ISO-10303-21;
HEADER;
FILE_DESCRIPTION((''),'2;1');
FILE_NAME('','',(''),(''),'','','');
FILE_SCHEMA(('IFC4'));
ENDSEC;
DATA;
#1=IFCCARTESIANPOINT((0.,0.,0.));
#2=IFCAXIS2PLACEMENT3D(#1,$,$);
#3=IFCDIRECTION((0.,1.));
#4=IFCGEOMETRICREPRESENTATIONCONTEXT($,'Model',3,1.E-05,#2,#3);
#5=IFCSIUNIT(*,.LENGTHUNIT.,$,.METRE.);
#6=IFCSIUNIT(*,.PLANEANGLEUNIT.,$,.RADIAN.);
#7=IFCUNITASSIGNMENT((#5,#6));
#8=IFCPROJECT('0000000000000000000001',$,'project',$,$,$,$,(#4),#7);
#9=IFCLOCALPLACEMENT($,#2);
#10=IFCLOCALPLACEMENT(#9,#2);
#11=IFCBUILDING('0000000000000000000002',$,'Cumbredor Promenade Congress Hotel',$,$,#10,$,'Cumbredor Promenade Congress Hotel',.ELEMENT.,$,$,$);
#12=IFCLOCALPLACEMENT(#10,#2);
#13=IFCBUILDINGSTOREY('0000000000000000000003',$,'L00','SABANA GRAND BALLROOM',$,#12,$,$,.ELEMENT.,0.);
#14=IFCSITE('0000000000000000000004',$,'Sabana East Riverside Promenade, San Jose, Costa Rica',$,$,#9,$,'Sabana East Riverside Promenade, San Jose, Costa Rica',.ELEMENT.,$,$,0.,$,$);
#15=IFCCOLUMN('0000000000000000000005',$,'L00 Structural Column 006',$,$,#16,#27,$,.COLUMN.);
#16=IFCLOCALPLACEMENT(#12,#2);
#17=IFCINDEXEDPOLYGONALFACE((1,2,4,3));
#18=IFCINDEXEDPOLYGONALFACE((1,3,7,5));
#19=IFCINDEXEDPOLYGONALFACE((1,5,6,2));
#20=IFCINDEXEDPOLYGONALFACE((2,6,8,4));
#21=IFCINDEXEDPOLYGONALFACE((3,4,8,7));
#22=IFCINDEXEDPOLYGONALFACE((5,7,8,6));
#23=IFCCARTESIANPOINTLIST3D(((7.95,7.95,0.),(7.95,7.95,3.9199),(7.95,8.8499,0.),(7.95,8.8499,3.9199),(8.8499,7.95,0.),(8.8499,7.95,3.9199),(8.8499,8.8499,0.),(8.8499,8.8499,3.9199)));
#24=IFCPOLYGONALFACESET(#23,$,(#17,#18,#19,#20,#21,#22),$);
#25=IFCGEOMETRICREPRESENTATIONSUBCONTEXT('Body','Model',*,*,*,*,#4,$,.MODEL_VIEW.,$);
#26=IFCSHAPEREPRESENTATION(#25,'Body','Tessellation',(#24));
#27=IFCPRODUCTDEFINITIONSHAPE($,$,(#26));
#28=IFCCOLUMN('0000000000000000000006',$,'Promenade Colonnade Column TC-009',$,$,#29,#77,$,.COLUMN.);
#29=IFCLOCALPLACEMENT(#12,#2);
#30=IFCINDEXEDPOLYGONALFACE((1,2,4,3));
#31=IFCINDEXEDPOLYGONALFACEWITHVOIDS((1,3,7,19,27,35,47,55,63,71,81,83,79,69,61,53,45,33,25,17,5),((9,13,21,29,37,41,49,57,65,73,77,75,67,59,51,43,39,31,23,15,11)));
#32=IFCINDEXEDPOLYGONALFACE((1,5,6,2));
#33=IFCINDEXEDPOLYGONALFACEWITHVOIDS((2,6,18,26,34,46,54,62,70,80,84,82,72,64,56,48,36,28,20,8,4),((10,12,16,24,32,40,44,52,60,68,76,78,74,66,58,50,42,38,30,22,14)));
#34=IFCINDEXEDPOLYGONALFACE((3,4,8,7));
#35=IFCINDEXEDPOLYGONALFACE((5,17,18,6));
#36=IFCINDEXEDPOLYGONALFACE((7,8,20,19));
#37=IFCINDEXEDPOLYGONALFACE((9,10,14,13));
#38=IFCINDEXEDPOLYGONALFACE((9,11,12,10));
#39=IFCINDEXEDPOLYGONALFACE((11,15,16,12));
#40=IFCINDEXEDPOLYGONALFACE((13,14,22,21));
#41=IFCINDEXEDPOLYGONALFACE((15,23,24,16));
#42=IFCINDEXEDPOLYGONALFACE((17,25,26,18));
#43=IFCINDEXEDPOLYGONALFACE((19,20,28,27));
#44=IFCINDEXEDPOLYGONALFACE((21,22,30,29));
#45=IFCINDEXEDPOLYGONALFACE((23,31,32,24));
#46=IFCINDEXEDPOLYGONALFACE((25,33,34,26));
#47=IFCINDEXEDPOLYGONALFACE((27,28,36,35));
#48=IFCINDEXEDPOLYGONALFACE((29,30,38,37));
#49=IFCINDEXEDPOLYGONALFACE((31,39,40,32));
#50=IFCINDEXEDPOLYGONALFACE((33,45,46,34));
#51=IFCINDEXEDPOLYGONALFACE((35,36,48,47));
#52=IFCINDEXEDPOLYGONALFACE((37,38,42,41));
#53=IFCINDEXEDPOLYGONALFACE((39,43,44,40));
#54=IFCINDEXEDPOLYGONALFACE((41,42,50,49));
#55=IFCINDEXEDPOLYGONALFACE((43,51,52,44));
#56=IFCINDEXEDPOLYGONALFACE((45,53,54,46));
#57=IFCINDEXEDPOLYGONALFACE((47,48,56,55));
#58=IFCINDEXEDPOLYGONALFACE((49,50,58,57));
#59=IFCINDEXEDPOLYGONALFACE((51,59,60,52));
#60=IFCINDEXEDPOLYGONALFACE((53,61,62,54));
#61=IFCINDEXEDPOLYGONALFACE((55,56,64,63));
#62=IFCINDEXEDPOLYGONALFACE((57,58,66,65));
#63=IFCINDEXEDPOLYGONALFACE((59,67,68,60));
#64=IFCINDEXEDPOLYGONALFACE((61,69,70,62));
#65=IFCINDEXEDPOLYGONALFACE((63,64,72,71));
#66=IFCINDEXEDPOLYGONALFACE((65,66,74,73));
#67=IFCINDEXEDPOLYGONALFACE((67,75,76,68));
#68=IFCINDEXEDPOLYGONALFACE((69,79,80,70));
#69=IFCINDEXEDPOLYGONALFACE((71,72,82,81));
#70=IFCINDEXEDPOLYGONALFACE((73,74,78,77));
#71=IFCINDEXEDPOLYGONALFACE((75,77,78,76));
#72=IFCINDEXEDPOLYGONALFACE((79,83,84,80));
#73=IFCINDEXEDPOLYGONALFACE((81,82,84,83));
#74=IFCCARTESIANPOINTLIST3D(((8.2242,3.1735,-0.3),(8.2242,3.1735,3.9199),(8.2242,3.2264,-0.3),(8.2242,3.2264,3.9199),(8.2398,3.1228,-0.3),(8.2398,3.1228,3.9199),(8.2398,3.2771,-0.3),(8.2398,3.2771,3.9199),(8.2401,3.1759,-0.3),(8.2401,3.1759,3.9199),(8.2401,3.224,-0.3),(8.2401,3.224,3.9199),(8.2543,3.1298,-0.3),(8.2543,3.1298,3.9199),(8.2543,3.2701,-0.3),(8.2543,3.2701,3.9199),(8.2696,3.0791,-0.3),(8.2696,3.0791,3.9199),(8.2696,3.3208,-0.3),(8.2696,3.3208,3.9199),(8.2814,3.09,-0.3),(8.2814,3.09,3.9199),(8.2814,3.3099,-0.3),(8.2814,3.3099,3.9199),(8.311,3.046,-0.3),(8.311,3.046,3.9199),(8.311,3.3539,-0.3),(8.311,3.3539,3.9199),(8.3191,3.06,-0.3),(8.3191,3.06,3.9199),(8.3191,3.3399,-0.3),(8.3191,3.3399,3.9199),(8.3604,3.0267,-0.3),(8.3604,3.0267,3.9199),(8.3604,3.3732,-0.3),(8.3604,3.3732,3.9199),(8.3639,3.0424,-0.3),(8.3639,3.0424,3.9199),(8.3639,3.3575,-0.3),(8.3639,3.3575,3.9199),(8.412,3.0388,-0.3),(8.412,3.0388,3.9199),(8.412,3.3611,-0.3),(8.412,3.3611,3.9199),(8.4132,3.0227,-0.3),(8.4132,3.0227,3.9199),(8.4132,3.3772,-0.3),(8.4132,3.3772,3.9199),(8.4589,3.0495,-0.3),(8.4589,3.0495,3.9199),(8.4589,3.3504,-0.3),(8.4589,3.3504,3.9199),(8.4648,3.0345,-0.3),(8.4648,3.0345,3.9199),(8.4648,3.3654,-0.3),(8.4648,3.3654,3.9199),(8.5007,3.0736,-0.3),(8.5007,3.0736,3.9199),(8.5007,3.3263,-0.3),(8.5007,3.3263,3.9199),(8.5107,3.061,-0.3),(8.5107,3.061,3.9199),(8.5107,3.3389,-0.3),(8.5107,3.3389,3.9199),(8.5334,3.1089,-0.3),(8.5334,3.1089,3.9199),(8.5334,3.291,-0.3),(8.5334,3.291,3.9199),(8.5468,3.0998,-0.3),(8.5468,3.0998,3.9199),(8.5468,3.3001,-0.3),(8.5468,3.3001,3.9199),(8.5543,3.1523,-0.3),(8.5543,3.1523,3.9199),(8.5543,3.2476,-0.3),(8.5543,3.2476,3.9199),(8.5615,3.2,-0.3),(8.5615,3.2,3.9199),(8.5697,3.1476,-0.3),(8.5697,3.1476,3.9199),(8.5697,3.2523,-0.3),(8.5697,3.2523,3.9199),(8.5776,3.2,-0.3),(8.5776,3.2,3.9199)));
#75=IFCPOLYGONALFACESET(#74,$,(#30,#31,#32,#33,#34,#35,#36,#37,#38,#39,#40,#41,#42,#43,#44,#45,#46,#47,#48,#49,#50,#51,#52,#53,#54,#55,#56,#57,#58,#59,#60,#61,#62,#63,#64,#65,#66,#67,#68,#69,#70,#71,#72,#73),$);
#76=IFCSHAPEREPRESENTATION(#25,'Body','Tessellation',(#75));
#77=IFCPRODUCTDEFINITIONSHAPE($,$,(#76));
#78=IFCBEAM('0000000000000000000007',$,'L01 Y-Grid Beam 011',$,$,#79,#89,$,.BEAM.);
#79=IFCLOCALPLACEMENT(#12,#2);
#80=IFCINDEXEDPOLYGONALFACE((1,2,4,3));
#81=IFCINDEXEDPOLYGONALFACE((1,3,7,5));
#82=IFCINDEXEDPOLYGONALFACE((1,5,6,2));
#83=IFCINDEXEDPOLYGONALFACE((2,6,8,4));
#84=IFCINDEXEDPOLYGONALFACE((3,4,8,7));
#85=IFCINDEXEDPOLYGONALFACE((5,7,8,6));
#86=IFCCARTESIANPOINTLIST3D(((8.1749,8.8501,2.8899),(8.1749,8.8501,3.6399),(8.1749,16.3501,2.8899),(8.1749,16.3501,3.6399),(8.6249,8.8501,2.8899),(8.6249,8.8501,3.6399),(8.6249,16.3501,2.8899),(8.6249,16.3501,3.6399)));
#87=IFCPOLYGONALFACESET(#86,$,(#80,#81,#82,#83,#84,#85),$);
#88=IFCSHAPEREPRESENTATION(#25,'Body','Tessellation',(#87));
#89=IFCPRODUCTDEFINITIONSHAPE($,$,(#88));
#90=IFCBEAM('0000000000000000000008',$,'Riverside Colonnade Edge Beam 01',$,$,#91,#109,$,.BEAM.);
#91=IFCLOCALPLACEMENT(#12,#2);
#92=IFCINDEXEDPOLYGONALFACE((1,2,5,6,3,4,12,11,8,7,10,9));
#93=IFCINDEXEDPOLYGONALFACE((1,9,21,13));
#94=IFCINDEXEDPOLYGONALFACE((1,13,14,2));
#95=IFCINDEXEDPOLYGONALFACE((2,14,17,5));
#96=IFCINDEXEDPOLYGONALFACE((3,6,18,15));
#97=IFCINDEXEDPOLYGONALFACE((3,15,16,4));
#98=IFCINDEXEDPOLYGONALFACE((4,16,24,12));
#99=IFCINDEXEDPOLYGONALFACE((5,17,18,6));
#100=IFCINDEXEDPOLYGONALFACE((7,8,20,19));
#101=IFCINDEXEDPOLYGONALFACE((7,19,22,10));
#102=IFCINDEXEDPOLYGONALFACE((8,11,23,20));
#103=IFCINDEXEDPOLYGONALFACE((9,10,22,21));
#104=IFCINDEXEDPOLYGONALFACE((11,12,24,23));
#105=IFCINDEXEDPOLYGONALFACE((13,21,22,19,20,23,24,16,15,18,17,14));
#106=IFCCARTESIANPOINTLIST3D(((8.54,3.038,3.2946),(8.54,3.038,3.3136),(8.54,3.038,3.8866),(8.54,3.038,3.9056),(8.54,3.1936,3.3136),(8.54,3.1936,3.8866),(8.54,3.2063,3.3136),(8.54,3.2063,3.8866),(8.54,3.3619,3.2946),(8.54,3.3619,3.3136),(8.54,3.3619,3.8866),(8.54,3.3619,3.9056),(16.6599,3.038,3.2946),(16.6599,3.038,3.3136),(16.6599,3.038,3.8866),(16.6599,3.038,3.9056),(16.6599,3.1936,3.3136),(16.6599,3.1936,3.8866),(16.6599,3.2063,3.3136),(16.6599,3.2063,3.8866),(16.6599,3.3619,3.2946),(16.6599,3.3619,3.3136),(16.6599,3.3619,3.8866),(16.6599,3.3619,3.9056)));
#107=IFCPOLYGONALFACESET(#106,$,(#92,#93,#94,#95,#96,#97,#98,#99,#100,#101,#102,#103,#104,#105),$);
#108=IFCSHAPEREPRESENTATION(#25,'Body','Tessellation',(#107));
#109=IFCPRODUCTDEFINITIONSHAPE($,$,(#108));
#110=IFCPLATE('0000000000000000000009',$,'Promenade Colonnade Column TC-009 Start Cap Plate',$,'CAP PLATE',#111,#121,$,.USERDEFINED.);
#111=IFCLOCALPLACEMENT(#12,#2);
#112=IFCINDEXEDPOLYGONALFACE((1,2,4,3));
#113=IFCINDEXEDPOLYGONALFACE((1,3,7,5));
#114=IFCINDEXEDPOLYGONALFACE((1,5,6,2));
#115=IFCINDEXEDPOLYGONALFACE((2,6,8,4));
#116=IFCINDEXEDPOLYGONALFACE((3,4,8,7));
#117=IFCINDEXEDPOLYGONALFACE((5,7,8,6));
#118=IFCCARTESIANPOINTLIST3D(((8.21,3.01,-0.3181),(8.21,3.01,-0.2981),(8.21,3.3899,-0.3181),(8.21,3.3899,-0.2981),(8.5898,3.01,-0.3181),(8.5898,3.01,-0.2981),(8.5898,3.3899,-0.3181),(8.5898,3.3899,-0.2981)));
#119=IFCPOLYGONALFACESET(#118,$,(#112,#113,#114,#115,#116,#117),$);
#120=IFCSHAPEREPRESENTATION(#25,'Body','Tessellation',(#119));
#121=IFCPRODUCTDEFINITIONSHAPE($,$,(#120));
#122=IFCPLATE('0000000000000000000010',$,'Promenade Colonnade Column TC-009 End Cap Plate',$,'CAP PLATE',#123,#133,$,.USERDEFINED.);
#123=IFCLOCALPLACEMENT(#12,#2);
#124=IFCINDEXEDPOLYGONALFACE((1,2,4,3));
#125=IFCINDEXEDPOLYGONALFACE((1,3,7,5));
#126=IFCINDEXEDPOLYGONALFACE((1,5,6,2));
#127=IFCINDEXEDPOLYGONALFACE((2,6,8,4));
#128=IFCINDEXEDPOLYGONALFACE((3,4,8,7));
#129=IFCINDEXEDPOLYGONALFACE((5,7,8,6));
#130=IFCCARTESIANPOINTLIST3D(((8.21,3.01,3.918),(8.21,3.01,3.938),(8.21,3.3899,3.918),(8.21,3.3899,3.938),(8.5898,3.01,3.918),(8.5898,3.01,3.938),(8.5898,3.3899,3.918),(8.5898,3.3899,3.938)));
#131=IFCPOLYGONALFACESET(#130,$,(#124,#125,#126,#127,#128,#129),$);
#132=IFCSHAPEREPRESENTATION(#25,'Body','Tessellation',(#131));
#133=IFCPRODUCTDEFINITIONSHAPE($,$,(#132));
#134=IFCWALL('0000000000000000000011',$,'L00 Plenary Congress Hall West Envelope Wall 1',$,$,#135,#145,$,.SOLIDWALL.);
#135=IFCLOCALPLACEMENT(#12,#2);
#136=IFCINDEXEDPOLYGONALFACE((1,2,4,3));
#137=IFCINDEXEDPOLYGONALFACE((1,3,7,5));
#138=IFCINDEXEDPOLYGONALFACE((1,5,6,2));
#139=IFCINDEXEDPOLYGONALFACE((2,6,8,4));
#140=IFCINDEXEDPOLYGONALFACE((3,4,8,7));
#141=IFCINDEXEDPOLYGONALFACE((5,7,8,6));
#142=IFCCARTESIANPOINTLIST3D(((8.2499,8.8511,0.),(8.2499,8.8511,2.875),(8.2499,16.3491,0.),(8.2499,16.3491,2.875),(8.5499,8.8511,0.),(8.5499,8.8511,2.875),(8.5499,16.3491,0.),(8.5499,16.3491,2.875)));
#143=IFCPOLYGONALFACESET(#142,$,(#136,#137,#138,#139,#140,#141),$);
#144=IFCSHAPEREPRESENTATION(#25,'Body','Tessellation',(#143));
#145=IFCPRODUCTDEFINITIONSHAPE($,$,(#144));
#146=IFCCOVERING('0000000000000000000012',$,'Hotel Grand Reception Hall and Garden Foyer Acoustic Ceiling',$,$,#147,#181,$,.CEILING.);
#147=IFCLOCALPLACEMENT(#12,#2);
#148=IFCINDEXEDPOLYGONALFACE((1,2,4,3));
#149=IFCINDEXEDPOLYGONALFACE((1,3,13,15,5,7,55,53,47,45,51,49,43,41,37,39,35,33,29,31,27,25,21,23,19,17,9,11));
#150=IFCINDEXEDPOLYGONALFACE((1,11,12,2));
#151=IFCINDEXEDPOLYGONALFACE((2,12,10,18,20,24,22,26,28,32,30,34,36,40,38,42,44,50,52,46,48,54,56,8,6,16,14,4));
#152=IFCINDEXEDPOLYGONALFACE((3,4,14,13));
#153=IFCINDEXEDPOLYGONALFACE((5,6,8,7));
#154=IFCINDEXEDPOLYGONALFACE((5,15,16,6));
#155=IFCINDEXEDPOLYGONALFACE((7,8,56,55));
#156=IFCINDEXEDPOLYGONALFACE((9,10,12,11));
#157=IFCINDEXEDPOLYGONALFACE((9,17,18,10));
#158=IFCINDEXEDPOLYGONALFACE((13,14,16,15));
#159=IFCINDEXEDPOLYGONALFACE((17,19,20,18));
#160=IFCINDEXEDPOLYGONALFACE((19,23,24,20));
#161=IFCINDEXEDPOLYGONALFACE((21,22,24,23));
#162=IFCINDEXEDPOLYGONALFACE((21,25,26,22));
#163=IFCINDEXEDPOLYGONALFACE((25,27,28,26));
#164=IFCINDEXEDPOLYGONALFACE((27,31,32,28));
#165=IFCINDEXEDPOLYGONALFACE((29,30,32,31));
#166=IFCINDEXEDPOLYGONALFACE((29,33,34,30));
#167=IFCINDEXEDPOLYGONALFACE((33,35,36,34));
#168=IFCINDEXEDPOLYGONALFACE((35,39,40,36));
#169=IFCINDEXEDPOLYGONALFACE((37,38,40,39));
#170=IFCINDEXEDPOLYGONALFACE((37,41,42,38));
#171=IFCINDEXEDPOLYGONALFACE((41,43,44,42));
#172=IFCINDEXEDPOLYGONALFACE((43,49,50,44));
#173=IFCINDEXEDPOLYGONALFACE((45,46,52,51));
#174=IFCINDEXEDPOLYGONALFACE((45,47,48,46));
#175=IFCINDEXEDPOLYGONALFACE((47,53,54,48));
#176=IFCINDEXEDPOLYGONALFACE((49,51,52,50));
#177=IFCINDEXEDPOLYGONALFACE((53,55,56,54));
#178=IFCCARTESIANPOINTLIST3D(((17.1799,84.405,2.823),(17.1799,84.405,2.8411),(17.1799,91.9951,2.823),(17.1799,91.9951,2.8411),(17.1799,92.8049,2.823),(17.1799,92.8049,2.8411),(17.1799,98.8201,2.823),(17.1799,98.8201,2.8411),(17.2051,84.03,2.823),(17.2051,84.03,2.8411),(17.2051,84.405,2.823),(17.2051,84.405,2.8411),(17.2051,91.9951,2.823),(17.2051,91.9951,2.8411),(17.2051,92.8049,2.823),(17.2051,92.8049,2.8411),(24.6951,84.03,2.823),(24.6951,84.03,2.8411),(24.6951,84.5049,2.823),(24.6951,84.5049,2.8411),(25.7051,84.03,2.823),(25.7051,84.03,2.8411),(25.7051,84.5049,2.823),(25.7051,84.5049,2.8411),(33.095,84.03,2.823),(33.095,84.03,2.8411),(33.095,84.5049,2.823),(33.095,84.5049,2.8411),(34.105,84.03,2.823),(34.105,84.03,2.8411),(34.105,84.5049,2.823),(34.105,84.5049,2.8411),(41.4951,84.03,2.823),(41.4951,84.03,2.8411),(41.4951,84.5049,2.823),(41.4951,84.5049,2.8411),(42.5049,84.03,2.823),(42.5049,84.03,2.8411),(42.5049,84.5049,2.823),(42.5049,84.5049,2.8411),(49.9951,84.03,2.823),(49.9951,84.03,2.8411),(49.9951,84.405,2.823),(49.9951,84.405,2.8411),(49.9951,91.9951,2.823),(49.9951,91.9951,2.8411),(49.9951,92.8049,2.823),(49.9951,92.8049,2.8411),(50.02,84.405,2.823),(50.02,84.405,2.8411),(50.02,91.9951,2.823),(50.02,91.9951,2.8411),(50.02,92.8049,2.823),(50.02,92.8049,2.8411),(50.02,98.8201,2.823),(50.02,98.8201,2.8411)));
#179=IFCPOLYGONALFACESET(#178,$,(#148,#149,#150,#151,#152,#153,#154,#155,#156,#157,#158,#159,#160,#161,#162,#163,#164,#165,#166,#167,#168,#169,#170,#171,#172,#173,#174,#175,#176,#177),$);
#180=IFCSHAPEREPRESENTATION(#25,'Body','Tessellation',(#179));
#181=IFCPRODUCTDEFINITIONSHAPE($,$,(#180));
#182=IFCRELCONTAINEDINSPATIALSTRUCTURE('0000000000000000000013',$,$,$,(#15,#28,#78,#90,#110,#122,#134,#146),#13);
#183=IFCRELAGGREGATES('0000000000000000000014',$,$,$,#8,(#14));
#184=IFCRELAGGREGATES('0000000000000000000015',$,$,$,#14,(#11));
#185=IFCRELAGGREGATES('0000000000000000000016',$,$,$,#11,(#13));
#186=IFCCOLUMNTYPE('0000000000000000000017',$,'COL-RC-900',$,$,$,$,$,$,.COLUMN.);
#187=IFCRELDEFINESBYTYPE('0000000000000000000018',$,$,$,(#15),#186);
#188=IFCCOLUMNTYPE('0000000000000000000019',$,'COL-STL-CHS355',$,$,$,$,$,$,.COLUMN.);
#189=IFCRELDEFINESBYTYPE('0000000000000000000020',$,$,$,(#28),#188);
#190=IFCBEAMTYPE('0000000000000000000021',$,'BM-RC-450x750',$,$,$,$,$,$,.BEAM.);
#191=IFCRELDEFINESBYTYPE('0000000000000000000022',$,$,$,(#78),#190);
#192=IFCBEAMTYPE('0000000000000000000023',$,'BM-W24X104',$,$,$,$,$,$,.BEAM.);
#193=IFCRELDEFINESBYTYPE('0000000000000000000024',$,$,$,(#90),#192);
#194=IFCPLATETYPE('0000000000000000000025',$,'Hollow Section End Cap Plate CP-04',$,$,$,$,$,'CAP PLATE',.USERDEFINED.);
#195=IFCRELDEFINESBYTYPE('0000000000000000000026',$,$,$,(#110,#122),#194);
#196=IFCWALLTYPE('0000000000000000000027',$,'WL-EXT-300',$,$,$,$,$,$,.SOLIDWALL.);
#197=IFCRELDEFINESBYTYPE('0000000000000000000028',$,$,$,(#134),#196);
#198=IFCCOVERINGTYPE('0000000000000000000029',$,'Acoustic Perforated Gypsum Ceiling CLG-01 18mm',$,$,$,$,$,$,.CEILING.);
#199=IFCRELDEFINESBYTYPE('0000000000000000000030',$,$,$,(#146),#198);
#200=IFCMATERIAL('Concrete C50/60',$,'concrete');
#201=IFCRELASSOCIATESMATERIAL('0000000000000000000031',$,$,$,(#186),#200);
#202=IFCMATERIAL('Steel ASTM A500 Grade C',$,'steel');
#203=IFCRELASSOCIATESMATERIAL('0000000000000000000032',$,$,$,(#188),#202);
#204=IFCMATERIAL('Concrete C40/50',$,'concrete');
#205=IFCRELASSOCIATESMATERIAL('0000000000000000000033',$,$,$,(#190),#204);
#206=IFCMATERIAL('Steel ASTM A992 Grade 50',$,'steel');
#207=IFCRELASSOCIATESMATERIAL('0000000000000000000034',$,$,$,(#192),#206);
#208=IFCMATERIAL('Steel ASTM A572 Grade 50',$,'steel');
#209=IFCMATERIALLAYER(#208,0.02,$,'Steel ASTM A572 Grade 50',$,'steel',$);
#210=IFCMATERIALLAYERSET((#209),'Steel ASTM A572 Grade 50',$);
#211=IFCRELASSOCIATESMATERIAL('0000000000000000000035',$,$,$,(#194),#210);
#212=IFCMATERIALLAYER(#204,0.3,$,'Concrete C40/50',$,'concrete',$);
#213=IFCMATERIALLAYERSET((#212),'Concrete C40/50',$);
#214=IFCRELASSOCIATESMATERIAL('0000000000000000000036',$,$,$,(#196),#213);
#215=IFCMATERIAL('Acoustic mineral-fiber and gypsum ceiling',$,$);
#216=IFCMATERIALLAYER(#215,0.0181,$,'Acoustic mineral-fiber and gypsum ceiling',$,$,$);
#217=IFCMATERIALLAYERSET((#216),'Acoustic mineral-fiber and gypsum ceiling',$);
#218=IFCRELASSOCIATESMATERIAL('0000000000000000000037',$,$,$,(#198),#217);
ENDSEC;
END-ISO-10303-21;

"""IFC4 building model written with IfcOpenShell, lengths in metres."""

from ifc_helpers import new_model, si_unit, direction, frame, frame_2d, origin, origin_2d, place, context, subcontext, project, spatial, polyline, rectangle, hollow_circle, i_section, outline, extrude, material, layer, layer_set, material_profile, profile_set, type_object, element, save


model = new_model("IFC4")

# Units and contexts
model_context = context("Model", 3, precision=1e-05, world=origin(), true_north=direction((0.0, 1.0)))
body_context = subcontext(model_context, "Body", "Model", "MODEL_VIEW")
ifc_project = project(units=[si_unit("LENGTHUNIT", "METRE"), si_unit("PLANEANGLEUNIT", "RADIAN")], contexts=[model_context])

# Site, building, storey
site_placement = place(None, origin())
site = spatial("IfcSite", under=ifc_project, at=site_placement, Name="Sabana East Riverside Promenade, San Jose, Costa Rica", LongName="Sabana East Riverside Promenade, San Jose, Costa Rica", CompositionType="ELEMENT", RefElevation=0.0)
building_placement = place(site_placement, origin())
building = spatial("IfcBuilding", under=site, at=building_placement, Name="Cumbredor Promenade Congress Hotel", LongName="Cumbredor Promenade Congress Hotel", CompositionType="ELEMENT")
storey_placement = place(building_placement, origin())
storey = spatial("IfcBuildingStorey", under=building, at=storey_placement, Name="L00", Description="SABANA GRAND BALLROOM", CompositionType="ELEMENT", Elevation=0.0)

# Columns
ifc_material_1 = material(Name="Concrete C50/60", Category="concrete")
ifc_material_profile_1 = material_profile(ifc_material_1, rectangle(XDim=0.8999, YDim=0.8999, at=origin_2d()), Name="RC 900x900")
ifc_profile_set_1 = profile_set([ifc_material_profile_1], Name="Concrete C50/60")
column_type_1 = type_object("IfcColumnType", Name="COL-RC-900", PredefinedType="COLUMN", material=ifc_profile_set_1)
column_1_placement = place(storey_placement, frame((8.3999, 8.3999, 0.0), z_axis=(0.0, 0.0, 1.0), x_axis=(1.0, 0.0, 0.0)))
element("IfcColumn", 1, at=column_1_placement, inside=storey, type_object=column_type_1, Name="L00 Structural Column 006", PredefinedType="COLUMN", context=body_context, shape_type="SweptSolid", body=[
    extrude(rectangle(XDim=0.8999, YDim=0.8999, at=origin_2d()), origin(), (0.0, 0.0, 1.0), 3.9199),
])
ifc_material_2 = material(Name="Steel ASTM A500 Grade C", Category="steel")
ifc_material_profile_2 = material_profile(ifc_material_2, hollow_circle(Radius=0.1777, WallThickness=0.0161, at=origin_2d()), Name="CHS 355.6x16")
ifc_profile_set_2 = profile_set([ifc_material_profile_2], Name="Steel ASTM A500 Grade C")
column_type_2 = type_object("IfcColumnType", Name="COL-STL-CHS355", PredefinedType="COLUMN", material=ifc_profile_set_2)
column_2_placement = place(storey_placement, frame((8.3999, 3.2, -0.3), z_axis=(0.0, 0.0, 1.0), x_axis=(1.0, 0.0, 0.0)))
element("IfcColumn", 2, at=column_2_placement, inside=storey, type_object=column_type_2, Name="Promenade Colonnade Column TC-009", PredefinedType="COLUMN", context=body_context, shape_type="SweptSolid", body=[
    extrude(hollow_circle(Radius=0.1777, WallThickness=0.0161, at=origin_2d()), origin(), (0.0, 0.0, 1.0), 4.22),
])

# Beams
ifc_material_3 = material(Name="Concrete C40/50", Category="concrete")
ifc_material_profile_3 = material_profile(ifc_material_3, rectangle(XDim=0.45, YDim=0.75, at=origin_2d()), Name="RC BEAM 450x750")
ifc_profile_set_3 = profile_set([ifc_material_profile_3], Name="Concrete C40/50")
beam_type_1 = type_object("IfcBeamType", Name="BM-RC-450x750", PredefinedType="BEAM", material=ifc_profile_set_3)
beam_1_placement = place(storey_placement, frame((8.3999, 8.8501, 3.2649), z_axis=(0.0, 1.0, 0.0), x_axis=(-1.0, 0.0, 0.0)))
element("IfcBeam", 3, at=beam_1_placement, inside=storey, type_object=beam_type_1, Name="L01 Y-Grid Beam 011", PredefinedType="BEAM", context=body_context, shape_type="SweptSolid", body=[
    extrude(rectangle(XDim=0.45, YDim=0.75, at=origin_2d()), origin(), (0.0, 0.0, 1.0), 7.5),
])
ifc_material_4 = material(Name="Steel ASTM A992 Grade 50", Category="steel")
ifc_material_profile_4 = material_profile(ifc_material_4, i_section(OverallWidth=0.324, OverallDepth=0.6111, WebThickness=0.0127, FlangeThickness=0.019, at=origin_2d()), Name="W24X104")
ifc_profile_set_4 = profile_set([ifc_material_profile_4], Name="Steel ASTM A992 Grade 50")
beam_type_2 = type_object("IfcBeamType", Name="BM-W24X104", PredefinedType="BEAM", material=ifc_profile_set_4)
beam_2_placement = place(storey_placement, frame((8.54, 3.2, 3.6001), z_axis=(1.0, 0.0, 0.0), x_axis=(0.0, 1.0, 0.0)))
element("IfcBeam", 4, at=beam_2_placement, inside=storey, type_object=beam_type_2, Name="Riverside Colonnade Edge Beam 01", PredefinedType="BEAM", context=body_context, shape_type="SweptSolid", body=[
    extrude(i_section(OverallWidth=0.324, OverallDepth=0.6111, WebThickness=0.0127, FlangeThickness=0.019, at=origin_2d()), origin(), (0.0, 0.0, 1.0), 8.1199),
])

# Plates
ifc_material_5 = material(Name="Steel ASTM A572 Grade 50", Category="steel")
ifc_layer_1 = layer(ifc_material_5, 0.02, Name="Steel ASTM A572 Grade 50", Category="steel")
ifc_layer_set_1 = layer_set([ifc_layer_1], Name="Steel ASTM A572 Grade 50")
plate_type = type_object("IfcPlateType", Name="Hollow Section End Cap Plate CP-04", ElementType="CAP PLATE", PredefinedType="USERDEFINED", material=ifc_layer_set_1)
for number, where, z_axis, x_axis, name in (
    (5, (8.3999, 3.2, -0.3181), (0.0, 0.0, 1.0), (1.0, 0.0, 0.0), "Promenade Colonnade Column TC-009 Start Cap Plate"),
    (6, (8.3999, 3.2, 3.918), (0.0, 0.0, 1.0), (1.0, 0.0, 0.0), "Promenade Colonnade Column TC-009 End Cap Plate"),
):
    element("IfcPlate", number, at=place(storey_placement, frame(where, z_axis=z_axis, x_axis=x_axis)), inside=storey, type_object=plate_type, Name=name, ObjectType="CAP PLATE", PredefinedType="USERDEFINED", context=body_context, shape_type="SweptSolid", body=[
        extrude(rectangle(XDim=0.3799, YDim=0.3799, at=origin_2d()), origin(), (0.0, 0.0, 1.0), 0.02),
    ])

# Wall
ifc_layer_2 = layer(ifc_material_3, 0.3, Name="Concrete C40/50", Category="concrete")
ifc_layer_set_2 = layer_set([ifc_layer_2], Name="Concrete C40/50")
wall_type = type_object("IfcWallType", Name="WL-EXT-300", PredefinedType="SOLIDWALL", material=ifc_layer_set_2)
wall_placement = place(storey_placement, frame((8.3999, 8.8511, 0.0), z_axis=(0.0, 0.0, 1.0), x_axis=(0.0, 1.0, 0.0)))
element("IfcWall", 7, at=wall_placement, inside=storey, type_object=wall_type, Name="L00 Plenary Congress Hall West Envelope Wall 1", PredefinedType="SOLIDWALL", context=body_context, shape_type="SweptSolid", body=[
    extrude(rectangle(XDim=7.498, YDim=0.3, at=frame_2d((3.749, 0.0))), origin(), (0.0, 0.0, 1.0), 2.875),
])

# Covering
ifc_material_6 = material(Name="Acoustic mineral-fiber and gypsum ceiling")
ifc_layer_3 = layer(ifc_material_6, 0.0181, Name="Acoustic mineral-fiber and gypsum ceiling")
ifc_layer_set_3 = layer_set([ifc_layer_3], Name="Acoustic mineral-fiber and gypsum ceiling")
covering_type_1 = type_object("IfcCoveringType", Name="Acoustic Perforated Gypsum Ceiling CLG-01 18mm", PredefinedType="CEILING", material=ifc_layer_set_3)
covering_1_placement = place(storey_placement, frame((0.0, 0.0, 2.823)))
element("IfcCovering", 8, at=covering_1_placement, inside=storey, type_object=covering_type_1, Name="Hotel Grand Reception Hall and Garden Foyer Acoustic Ceiling", PredefinedType="CEILING", context=body_context, shape_type="SweptSolid", body=[
    extrude(outline(polyline([(33.095, 84.03), (25.7051, 84.03), (25.7051, 84.5049), (24.6951, 84.5049), (24.6951, 84.03), (17.2051, 84.03), (17.2051, 84.405), (17.1799, 84.405), (17.1799, 91.9951), (17.2051, 91.9951), (17.2051, 92.8049), (17.1799, 92.8049), (17.1799, 98.8201), (50.02, 98.8201), (50.02, 92.8049), (49.9951, 92.8049), (49.9951, 91.9951), (50.02, 91.9951), (50.02, 84.405), (49.9951, 84.405), (49.9951, 84.03), (42.5049, 84.03), (42.5049, 84.5049), (41.4951, 84.5049), (41.4951, 84.03), (34.105, 84.03), (34.105, 84.5049), (33.095, 84.5049), (33.095, 84.03)])), origin(), (0.0, 0.0, 1.0), 0.0181),
])

save(model, "model.ifc")
